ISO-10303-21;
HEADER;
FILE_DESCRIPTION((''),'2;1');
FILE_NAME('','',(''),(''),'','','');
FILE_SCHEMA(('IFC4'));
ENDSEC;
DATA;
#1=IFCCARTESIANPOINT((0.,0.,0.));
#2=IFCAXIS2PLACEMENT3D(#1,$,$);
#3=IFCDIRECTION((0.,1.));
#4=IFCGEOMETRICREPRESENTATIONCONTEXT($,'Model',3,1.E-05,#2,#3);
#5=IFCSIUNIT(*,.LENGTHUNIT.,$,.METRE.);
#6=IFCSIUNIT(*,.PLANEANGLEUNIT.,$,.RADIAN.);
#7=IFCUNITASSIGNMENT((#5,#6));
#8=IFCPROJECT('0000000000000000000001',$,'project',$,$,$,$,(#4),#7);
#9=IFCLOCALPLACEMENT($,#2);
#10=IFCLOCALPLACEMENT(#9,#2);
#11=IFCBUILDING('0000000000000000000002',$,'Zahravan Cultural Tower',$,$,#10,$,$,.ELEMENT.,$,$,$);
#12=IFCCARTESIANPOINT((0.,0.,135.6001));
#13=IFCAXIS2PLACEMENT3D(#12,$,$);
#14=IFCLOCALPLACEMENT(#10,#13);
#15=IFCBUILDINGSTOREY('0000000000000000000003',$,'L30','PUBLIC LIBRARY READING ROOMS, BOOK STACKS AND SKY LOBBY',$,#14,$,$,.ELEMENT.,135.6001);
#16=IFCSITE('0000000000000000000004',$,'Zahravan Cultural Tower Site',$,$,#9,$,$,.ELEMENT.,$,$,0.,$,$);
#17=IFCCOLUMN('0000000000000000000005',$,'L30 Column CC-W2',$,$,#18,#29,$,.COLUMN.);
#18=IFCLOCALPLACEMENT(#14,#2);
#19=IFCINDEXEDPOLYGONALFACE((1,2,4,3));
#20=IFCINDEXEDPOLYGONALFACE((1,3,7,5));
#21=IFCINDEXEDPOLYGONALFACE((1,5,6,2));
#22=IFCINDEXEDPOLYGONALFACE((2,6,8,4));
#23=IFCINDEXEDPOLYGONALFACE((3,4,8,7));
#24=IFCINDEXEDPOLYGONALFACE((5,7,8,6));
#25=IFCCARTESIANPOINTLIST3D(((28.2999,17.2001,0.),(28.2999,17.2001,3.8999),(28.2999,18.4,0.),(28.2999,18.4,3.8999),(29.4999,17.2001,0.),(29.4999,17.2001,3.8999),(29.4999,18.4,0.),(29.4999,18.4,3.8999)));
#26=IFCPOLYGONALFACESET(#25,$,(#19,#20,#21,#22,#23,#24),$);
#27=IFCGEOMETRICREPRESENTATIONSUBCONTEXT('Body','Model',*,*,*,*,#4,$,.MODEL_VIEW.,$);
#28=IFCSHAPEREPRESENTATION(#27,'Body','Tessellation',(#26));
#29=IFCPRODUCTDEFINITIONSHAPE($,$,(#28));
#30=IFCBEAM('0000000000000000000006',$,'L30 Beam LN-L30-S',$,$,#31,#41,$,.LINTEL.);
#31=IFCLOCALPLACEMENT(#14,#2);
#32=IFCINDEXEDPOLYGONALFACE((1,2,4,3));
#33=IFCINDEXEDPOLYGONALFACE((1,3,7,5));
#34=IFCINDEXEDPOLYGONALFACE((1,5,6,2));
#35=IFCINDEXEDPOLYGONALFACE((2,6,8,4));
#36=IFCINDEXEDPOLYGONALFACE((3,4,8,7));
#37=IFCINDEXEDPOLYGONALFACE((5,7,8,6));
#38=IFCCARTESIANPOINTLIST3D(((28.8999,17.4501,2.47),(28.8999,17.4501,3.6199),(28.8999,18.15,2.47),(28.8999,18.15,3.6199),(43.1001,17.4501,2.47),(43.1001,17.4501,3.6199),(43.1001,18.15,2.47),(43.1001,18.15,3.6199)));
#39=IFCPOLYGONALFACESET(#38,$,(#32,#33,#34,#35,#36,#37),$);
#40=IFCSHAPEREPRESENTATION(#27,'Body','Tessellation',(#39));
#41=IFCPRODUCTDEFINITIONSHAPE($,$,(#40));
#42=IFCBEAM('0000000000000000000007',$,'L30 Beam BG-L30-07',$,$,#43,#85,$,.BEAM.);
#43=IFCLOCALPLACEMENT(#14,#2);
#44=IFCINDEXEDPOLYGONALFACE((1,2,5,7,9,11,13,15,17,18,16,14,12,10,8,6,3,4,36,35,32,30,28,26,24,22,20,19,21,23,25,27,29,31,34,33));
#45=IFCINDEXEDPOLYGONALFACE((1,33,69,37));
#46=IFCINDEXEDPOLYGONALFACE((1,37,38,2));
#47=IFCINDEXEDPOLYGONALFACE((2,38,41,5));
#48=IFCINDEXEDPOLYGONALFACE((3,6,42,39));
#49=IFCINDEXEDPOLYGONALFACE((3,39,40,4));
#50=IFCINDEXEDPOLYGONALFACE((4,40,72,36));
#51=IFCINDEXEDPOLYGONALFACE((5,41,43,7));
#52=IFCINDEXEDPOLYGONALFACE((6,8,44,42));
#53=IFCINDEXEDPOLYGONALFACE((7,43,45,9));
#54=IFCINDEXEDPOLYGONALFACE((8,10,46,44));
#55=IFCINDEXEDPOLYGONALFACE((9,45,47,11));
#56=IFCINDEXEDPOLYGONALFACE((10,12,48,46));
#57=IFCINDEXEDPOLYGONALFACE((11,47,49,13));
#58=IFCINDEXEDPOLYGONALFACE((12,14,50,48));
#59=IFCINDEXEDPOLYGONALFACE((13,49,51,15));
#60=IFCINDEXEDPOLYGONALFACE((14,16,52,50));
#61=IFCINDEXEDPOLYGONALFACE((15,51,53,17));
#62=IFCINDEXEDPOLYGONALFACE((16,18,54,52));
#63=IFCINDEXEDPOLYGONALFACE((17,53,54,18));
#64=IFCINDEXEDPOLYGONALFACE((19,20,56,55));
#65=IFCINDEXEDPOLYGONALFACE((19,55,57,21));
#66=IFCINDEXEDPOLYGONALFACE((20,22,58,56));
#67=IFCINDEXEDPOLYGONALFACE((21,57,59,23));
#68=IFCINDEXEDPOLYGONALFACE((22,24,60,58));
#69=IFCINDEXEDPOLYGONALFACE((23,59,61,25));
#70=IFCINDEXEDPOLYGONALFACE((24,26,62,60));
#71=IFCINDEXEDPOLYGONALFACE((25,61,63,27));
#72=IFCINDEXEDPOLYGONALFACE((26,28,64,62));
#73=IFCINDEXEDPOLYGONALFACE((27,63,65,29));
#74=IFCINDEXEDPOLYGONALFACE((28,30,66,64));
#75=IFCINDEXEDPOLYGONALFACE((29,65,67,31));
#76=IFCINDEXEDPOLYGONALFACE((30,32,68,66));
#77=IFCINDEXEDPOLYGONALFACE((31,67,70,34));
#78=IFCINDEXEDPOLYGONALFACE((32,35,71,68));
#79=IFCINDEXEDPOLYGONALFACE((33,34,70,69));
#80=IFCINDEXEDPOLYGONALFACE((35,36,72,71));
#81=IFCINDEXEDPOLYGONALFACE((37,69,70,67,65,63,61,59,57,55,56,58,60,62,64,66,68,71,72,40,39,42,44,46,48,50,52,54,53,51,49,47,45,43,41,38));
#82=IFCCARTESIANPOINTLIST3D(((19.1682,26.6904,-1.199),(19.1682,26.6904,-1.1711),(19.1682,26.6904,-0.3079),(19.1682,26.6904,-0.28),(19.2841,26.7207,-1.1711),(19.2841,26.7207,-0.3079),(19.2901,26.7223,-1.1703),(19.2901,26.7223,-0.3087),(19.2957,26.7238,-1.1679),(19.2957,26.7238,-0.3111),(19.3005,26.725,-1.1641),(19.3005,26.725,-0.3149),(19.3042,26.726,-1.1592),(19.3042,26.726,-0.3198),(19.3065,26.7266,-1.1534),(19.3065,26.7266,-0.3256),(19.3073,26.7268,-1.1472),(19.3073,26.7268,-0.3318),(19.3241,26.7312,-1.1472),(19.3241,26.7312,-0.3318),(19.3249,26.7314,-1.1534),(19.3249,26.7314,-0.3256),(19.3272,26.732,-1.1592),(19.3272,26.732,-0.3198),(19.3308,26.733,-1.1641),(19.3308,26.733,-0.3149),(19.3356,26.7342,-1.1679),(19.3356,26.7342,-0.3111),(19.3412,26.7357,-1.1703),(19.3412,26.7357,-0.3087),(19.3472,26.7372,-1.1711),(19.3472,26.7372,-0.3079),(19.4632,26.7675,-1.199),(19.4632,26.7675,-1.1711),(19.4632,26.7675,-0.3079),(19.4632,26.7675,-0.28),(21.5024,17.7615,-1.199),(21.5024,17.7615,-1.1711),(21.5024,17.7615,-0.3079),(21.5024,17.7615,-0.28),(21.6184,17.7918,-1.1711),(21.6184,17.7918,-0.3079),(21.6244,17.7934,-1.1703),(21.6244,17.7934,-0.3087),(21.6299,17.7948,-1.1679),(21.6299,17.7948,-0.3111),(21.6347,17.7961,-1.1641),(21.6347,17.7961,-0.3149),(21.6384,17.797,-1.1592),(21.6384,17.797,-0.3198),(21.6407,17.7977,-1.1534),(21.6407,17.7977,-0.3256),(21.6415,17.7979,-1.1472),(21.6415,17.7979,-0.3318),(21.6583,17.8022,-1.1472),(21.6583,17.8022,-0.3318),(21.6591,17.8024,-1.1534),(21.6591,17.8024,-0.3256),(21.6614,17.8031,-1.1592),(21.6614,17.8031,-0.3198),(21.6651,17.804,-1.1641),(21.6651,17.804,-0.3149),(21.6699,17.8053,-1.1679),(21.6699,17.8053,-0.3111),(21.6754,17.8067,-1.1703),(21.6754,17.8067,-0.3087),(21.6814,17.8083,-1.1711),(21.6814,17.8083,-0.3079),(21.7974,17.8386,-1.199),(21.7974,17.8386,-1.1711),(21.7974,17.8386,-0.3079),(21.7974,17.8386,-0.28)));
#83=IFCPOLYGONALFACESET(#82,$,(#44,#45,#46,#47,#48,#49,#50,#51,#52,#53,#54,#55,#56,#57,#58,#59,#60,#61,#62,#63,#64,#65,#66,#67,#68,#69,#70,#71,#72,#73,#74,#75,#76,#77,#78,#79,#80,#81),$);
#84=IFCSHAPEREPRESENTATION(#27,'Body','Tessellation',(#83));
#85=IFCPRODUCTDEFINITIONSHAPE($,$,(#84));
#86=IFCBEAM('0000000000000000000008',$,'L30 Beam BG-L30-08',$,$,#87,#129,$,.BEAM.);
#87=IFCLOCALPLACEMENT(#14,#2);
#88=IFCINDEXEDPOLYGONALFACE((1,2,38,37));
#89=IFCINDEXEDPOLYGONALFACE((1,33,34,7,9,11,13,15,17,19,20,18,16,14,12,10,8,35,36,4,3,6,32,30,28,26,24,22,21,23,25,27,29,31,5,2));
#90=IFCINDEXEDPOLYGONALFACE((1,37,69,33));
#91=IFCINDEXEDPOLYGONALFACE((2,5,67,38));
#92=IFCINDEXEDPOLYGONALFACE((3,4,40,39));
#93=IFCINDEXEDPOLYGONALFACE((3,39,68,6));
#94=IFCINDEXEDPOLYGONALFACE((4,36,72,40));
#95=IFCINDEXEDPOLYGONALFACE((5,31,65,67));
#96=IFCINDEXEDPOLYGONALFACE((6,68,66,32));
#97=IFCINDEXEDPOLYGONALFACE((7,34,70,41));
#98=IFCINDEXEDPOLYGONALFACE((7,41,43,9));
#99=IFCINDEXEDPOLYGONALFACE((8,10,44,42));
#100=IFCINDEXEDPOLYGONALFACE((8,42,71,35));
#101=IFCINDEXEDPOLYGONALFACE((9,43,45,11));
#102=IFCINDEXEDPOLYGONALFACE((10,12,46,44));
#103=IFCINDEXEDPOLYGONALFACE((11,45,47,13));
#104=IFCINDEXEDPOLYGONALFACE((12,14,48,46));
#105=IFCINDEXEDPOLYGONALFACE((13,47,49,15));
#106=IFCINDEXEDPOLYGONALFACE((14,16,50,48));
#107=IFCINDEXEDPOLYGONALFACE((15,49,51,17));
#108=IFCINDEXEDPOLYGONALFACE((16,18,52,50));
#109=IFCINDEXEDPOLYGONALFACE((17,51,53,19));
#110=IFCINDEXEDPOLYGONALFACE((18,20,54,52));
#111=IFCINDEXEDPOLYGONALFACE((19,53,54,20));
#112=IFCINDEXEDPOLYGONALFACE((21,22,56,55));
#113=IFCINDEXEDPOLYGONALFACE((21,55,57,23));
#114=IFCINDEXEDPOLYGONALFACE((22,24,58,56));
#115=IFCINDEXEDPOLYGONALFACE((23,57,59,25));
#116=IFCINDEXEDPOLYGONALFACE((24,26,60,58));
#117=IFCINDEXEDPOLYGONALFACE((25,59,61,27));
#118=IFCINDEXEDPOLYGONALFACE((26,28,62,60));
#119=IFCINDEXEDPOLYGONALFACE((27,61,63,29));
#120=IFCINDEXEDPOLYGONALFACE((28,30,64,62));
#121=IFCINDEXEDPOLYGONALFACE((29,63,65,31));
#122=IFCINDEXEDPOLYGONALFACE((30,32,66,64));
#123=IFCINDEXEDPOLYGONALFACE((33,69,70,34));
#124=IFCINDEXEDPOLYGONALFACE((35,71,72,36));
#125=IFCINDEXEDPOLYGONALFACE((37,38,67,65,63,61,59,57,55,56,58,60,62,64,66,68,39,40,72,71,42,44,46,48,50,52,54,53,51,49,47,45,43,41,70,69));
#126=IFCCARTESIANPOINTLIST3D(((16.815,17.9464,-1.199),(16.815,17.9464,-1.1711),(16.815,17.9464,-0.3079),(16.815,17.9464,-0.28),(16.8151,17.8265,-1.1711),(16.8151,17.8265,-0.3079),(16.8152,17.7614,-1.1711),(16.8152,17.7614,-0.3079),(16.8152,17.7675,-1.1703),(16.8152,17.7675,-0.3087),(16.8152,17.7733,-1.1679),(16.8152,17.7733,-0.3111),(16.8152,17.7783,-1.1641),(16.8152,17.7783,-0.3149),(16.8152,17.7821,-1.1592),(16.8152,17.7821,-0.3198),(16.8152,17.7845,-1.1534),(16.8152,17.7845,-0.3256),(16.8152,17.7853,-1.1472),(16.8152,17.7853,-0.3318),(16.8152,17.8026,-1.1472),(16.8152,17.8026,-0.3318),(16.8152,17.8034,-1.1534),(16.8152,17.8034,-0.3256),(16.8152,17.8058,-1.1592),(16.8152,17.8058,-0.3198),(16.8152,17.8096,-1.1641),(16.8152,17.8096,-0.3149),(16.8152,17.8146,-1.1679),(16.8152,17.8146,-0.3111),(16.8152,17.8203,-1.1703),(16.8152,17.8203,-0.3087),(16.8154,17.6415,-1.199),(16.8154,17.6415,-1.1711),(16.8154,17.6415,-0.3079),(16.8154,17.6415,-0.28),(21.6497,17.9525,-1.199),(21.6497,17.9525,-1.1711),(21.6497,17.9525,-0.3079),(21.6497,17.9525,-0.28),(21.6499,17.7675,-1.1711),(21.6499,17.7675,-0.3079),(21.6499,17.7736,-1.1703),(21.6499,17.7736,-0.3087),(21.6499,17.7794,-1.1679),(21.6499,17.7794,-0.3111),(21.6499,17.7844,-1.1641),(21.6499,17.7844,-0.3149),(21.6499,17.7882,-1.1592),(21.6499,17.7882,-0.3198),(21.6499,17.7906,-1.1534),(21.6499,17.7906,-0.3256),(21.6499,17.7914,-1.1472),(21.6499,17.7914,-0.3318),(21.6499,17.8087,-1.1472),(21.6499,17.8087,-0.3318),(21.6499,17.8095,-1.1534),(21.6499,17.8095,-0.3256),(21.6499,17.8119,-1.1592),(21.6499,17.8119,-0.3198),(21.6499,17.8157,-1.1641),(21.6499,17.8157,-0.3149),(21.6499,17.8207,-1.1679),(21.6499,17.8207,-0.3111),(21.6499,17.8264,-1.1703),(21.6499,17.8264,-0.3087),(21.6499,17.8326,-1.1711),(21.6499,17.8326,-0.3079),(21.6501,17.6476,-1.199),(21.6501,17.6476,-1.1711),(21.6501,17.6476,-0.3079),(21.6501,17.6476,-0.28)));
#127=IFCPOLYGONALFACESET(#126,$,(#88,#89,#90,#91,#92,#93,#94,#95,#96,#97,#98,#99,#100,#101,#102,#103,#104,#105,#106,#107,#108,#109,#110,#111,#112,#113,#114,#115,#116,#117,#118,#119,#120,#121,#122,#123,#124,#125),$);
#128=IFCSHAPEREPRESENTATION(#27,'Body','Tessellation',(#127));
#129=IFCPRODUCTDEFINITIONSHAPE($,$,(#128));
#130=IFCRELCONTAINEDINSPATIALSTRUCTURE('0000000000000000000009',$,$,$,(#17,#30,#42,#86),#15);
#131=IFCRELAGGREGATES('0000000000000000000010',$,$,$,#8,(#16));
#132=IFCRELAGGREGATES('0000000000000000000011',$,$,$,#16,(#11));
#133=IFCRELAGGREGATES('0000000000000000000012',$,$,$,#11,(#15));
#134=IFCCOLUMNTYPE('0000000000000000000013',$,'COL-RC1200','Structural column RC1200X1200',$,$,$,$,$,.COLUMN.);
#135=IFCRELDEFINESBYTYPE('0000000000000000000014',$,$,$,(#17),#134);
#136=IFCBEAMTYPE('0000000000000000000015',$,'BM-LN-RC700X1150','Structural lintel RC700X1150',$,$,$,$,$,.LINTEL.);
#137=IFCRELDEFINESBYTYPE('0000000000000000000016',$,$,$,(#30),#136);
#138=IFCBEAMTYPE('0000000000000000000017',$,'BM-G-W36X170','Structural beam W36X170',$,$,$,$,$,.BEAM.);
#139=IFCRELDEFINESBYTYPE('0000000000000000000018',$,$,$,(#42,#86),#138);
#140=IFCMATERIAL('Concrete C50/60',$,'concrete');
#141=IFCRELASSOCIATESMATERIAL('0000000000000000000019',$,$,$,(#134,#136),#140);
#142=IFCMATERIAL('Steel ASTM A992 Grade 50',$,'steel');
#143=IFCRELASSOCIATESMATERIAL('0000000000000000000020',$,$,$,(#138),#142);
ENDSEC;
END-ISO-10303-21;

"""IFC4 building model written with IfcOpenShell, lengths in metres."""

from ifc_helpers import new_model, si_unit, direction, frame, origin, origin_2d, place, context, subcontext, project, spatial, rectangle, i_section, extrude, source, transform, mapped, material, material_profile, profile_set, type_object, element, save


model = new_model("IFC4")

# Units and contexts
model_context = context("Model", 3, precision=1e-05, world=origin(), true_north=direction((0.0, 1.0)))
body_context = subcontext(model_context, "Body", "Model", "MODEL_VIEW")
ifc_project = project(units=[si_unit("LENGTHUNIT", "METRE"), si_unit("PLANEANGLEUNIT", "RADIAN")], contexts=[model_context])

# Site, building, storey
site_placement = place(None, origin())
site = spatial("IfcSite", under=ifc_project, at=site_placement, Name="Zahravan Cultural Tower Site", CompositionType="ELEMENT", RefElevation=0.0)
building_placement = place(site_placement, origin())
building = spatial("IfcBuilding", under=site, at=building_placement, Name="Zahravan Cultural Tower", CompositionType="ELEMENT")
storey_placement = place(building_placement, frame((0.0, 0.0, 135.6001)))
storey = spatial("IfcBuildingStorey", under=building, at=storey_placement, Name="L30", Description="PUBLIC LIBRARY READING ROOMS, BOOK STACKS AND SKY LOBBY", CompositionType="ELEMENT", Elevation=135.6001)

# Column
ifc_material_1 = material(Name="Concrete C50/60", Category="concrete")
ifc_material_profile_1 = material_profile(ifc_material_1, rectangle(XDim=1.2, YDim=1.2, at=origin_2d()), Name="RC1200X1200")
ifc_profile_set_1 = profile_set([ifc_material_profile_1], Name="Concrete C50/60")
column_type = type_object("IfcColumnType", Name="COL-RC1200", Description="Structural column RC1200X1200", PredefinedType="COLUMN", material=ifc_profile_set_1)
shared_shape_1 = source(origin(), body_context, "Body", "SweptSolid", [
    extrude(rectangle(XDim=1.2, YDim=1.2, at=origin_2d()), origin(), (0.0, 0.0, 1.0), 3.8999),
])
column_placement = place(storey_placement, frame((28.8999, 17.8, 0.0), z_axis=(0.0, 0.0, 1.0), x_axis=(1.0, 0.0, 0.0)))
element("IfcColumn", 1, at=column_placement, inside=storey, type_object=column_type, Name="L30 Column CC-W2", PredefinedType="COLUMN", context=body_context, shape_type="MappedRepresentation", body=[
    mapped(shared_shape_1, transform((0.0, 0.0, 0.0), x_axis=(1.0, 0.0, 0.0), y_axis=(0.0, 1.0, 0.0), z_axis=(0.0, 0.0, 1.0), scale=1.0)),
])

# Beams
ifc_material_profile_2 = material_profile(ifc_material_1, rectangle(XDim=0.7, YDim=1.1499, at=origin_2d()), Name="RC700X1150")
ifc_profile_set_2 = profile_set([ifc_material_profile_2], Name="Concrete C50/60")
beam_type_1 = type_object("IfcBeamType", Name="BM-LN-RC700X1150", Description="Structural lintel RC700X1150", PredefinedType="LINTEL", material=ifc_profile_set_2)
shared_shape_2 = source(origin(), body_context, "Body", "SweptSolid", [
    extrude(rectangle(XDim=0.7, YDim=1.1499, at=origin_2d()), origin(), (0.0, 0.0, 1.0), 14.2002),
])
beam_1_placement = place(storey_placement, frame((28.8999, 17.8, 3.0449), z_axis=(1.0, 0.0, 0.0), x_axis=(0.0, 1.0, 0.0)))
element("IfcBeam", 2, at=beam_1_placement, inside=storey, type_object=beam_type_1, Name="L30 Beam LN-L30-S", PredefinedType="LINTEL", context=body_context, shape_type="MappedRepresentation", body=[
    mapped(shared_shape_2, transform((0.0, 0.0, 0.0), x_axis=(1.0, 0.0, 0.0), y_axis=(0.0, 1.0, 0.0), z_axis=(0.0, 0.0, 1.0), scale=1.0)),
])
ifc_material_2 = material(Name="Steel ASTM A992 Grade 50", Category="steel")
ifc_material_profile_3 = material_profile(ifc_material_2, i_section(OverallWidth=0.3049, OverallDepth=0.9189, WebThickness=0.0173, FlangeThickness=0.0278, FilletRadius=0.0239, at=origin_2d()), Name="W36X170")
ifc_profile_set_3 = profile_set([ifc_material_profile_3], Name="Steel ASTM A992 Grade 50")
beam_type_2 = type_object("IfcBeamType", Name="BM-G-W36X170", Description="Structural beam W36X170", PredefinedType="BEAM", material=ifc_profile_set_3)
shared_shape_3 = source(origin(), body_context, "Body", "SweptSolid", [
    extrude(i_section(OverallWidth=0.3049, OverallDepth=0.9189, WebThickness=0.0173, FlangeThickness=0.0278, FilletRadius=0.0239, at=origin_2d()), origin(), (0.0, 0.0, 1.0), 9.229),
])
beam_2_placement = place(storey_placement, frame((21.6499, 17.8, -0.7395), z_axis=(-0.252923, 0.967487, 0.0), x_axis=(-0.967487, -0.252923, 0.0)))
element("IfcBeam", 3, at=beam_2_placement, inside=storey, type_object=beam_type_2, Name="L30 Beam BG-L30-07", PredefinedType="BEAM", context=body_context, shape_type="MappedRepresentation", body=[
    mapped(shared_shape_3, transform((0.0, 0.0, 0.0), x_axis=(1.0, 0.0, 0.0), y_axis=(0.0, 1.0, 0.0), z_axis=(0.0, 0.0, 1.0), scale=1.0)),
])
shared_shape_4 = source(origin(), body_context, "Body", "SweptSolid", [
    extrude(i_section(OverallWidth=0.3049, OverallDepth=0.9189, WebThickness=0.0173, FlangeThickness=0.0278, FilletRadius=0.0239, at=origin_2d()), origin(), (0.0, 0.0, 1.0), 4.8347),
])
beam_3_placement = place(storey_placement, frame((21.6499, 17.8, -0.7395), z_axis=(-0.999999, -0.001262, 0.0), x_axis=(0.001262, -0.999999, 0.0)))
element("IfcBeam", 4, at=beam_3_placement, inside=storey, type_object=beam_type_2, Name="L30 Beam BG-L30-08", PredefinedType="BEAM", context=body_context, shape_type="MappedRepresentation", body=[
    mapped(shared_shape_4, transform((0.0, 0.0, 0.0), x_axis=(1.0, 0.0, 0.0), y_axis=(0.0, 1.0, 0.0), z_axis=(0.0, 0.0, 1.0), scale=1.0)),
])

save(model, "model.ifc")
